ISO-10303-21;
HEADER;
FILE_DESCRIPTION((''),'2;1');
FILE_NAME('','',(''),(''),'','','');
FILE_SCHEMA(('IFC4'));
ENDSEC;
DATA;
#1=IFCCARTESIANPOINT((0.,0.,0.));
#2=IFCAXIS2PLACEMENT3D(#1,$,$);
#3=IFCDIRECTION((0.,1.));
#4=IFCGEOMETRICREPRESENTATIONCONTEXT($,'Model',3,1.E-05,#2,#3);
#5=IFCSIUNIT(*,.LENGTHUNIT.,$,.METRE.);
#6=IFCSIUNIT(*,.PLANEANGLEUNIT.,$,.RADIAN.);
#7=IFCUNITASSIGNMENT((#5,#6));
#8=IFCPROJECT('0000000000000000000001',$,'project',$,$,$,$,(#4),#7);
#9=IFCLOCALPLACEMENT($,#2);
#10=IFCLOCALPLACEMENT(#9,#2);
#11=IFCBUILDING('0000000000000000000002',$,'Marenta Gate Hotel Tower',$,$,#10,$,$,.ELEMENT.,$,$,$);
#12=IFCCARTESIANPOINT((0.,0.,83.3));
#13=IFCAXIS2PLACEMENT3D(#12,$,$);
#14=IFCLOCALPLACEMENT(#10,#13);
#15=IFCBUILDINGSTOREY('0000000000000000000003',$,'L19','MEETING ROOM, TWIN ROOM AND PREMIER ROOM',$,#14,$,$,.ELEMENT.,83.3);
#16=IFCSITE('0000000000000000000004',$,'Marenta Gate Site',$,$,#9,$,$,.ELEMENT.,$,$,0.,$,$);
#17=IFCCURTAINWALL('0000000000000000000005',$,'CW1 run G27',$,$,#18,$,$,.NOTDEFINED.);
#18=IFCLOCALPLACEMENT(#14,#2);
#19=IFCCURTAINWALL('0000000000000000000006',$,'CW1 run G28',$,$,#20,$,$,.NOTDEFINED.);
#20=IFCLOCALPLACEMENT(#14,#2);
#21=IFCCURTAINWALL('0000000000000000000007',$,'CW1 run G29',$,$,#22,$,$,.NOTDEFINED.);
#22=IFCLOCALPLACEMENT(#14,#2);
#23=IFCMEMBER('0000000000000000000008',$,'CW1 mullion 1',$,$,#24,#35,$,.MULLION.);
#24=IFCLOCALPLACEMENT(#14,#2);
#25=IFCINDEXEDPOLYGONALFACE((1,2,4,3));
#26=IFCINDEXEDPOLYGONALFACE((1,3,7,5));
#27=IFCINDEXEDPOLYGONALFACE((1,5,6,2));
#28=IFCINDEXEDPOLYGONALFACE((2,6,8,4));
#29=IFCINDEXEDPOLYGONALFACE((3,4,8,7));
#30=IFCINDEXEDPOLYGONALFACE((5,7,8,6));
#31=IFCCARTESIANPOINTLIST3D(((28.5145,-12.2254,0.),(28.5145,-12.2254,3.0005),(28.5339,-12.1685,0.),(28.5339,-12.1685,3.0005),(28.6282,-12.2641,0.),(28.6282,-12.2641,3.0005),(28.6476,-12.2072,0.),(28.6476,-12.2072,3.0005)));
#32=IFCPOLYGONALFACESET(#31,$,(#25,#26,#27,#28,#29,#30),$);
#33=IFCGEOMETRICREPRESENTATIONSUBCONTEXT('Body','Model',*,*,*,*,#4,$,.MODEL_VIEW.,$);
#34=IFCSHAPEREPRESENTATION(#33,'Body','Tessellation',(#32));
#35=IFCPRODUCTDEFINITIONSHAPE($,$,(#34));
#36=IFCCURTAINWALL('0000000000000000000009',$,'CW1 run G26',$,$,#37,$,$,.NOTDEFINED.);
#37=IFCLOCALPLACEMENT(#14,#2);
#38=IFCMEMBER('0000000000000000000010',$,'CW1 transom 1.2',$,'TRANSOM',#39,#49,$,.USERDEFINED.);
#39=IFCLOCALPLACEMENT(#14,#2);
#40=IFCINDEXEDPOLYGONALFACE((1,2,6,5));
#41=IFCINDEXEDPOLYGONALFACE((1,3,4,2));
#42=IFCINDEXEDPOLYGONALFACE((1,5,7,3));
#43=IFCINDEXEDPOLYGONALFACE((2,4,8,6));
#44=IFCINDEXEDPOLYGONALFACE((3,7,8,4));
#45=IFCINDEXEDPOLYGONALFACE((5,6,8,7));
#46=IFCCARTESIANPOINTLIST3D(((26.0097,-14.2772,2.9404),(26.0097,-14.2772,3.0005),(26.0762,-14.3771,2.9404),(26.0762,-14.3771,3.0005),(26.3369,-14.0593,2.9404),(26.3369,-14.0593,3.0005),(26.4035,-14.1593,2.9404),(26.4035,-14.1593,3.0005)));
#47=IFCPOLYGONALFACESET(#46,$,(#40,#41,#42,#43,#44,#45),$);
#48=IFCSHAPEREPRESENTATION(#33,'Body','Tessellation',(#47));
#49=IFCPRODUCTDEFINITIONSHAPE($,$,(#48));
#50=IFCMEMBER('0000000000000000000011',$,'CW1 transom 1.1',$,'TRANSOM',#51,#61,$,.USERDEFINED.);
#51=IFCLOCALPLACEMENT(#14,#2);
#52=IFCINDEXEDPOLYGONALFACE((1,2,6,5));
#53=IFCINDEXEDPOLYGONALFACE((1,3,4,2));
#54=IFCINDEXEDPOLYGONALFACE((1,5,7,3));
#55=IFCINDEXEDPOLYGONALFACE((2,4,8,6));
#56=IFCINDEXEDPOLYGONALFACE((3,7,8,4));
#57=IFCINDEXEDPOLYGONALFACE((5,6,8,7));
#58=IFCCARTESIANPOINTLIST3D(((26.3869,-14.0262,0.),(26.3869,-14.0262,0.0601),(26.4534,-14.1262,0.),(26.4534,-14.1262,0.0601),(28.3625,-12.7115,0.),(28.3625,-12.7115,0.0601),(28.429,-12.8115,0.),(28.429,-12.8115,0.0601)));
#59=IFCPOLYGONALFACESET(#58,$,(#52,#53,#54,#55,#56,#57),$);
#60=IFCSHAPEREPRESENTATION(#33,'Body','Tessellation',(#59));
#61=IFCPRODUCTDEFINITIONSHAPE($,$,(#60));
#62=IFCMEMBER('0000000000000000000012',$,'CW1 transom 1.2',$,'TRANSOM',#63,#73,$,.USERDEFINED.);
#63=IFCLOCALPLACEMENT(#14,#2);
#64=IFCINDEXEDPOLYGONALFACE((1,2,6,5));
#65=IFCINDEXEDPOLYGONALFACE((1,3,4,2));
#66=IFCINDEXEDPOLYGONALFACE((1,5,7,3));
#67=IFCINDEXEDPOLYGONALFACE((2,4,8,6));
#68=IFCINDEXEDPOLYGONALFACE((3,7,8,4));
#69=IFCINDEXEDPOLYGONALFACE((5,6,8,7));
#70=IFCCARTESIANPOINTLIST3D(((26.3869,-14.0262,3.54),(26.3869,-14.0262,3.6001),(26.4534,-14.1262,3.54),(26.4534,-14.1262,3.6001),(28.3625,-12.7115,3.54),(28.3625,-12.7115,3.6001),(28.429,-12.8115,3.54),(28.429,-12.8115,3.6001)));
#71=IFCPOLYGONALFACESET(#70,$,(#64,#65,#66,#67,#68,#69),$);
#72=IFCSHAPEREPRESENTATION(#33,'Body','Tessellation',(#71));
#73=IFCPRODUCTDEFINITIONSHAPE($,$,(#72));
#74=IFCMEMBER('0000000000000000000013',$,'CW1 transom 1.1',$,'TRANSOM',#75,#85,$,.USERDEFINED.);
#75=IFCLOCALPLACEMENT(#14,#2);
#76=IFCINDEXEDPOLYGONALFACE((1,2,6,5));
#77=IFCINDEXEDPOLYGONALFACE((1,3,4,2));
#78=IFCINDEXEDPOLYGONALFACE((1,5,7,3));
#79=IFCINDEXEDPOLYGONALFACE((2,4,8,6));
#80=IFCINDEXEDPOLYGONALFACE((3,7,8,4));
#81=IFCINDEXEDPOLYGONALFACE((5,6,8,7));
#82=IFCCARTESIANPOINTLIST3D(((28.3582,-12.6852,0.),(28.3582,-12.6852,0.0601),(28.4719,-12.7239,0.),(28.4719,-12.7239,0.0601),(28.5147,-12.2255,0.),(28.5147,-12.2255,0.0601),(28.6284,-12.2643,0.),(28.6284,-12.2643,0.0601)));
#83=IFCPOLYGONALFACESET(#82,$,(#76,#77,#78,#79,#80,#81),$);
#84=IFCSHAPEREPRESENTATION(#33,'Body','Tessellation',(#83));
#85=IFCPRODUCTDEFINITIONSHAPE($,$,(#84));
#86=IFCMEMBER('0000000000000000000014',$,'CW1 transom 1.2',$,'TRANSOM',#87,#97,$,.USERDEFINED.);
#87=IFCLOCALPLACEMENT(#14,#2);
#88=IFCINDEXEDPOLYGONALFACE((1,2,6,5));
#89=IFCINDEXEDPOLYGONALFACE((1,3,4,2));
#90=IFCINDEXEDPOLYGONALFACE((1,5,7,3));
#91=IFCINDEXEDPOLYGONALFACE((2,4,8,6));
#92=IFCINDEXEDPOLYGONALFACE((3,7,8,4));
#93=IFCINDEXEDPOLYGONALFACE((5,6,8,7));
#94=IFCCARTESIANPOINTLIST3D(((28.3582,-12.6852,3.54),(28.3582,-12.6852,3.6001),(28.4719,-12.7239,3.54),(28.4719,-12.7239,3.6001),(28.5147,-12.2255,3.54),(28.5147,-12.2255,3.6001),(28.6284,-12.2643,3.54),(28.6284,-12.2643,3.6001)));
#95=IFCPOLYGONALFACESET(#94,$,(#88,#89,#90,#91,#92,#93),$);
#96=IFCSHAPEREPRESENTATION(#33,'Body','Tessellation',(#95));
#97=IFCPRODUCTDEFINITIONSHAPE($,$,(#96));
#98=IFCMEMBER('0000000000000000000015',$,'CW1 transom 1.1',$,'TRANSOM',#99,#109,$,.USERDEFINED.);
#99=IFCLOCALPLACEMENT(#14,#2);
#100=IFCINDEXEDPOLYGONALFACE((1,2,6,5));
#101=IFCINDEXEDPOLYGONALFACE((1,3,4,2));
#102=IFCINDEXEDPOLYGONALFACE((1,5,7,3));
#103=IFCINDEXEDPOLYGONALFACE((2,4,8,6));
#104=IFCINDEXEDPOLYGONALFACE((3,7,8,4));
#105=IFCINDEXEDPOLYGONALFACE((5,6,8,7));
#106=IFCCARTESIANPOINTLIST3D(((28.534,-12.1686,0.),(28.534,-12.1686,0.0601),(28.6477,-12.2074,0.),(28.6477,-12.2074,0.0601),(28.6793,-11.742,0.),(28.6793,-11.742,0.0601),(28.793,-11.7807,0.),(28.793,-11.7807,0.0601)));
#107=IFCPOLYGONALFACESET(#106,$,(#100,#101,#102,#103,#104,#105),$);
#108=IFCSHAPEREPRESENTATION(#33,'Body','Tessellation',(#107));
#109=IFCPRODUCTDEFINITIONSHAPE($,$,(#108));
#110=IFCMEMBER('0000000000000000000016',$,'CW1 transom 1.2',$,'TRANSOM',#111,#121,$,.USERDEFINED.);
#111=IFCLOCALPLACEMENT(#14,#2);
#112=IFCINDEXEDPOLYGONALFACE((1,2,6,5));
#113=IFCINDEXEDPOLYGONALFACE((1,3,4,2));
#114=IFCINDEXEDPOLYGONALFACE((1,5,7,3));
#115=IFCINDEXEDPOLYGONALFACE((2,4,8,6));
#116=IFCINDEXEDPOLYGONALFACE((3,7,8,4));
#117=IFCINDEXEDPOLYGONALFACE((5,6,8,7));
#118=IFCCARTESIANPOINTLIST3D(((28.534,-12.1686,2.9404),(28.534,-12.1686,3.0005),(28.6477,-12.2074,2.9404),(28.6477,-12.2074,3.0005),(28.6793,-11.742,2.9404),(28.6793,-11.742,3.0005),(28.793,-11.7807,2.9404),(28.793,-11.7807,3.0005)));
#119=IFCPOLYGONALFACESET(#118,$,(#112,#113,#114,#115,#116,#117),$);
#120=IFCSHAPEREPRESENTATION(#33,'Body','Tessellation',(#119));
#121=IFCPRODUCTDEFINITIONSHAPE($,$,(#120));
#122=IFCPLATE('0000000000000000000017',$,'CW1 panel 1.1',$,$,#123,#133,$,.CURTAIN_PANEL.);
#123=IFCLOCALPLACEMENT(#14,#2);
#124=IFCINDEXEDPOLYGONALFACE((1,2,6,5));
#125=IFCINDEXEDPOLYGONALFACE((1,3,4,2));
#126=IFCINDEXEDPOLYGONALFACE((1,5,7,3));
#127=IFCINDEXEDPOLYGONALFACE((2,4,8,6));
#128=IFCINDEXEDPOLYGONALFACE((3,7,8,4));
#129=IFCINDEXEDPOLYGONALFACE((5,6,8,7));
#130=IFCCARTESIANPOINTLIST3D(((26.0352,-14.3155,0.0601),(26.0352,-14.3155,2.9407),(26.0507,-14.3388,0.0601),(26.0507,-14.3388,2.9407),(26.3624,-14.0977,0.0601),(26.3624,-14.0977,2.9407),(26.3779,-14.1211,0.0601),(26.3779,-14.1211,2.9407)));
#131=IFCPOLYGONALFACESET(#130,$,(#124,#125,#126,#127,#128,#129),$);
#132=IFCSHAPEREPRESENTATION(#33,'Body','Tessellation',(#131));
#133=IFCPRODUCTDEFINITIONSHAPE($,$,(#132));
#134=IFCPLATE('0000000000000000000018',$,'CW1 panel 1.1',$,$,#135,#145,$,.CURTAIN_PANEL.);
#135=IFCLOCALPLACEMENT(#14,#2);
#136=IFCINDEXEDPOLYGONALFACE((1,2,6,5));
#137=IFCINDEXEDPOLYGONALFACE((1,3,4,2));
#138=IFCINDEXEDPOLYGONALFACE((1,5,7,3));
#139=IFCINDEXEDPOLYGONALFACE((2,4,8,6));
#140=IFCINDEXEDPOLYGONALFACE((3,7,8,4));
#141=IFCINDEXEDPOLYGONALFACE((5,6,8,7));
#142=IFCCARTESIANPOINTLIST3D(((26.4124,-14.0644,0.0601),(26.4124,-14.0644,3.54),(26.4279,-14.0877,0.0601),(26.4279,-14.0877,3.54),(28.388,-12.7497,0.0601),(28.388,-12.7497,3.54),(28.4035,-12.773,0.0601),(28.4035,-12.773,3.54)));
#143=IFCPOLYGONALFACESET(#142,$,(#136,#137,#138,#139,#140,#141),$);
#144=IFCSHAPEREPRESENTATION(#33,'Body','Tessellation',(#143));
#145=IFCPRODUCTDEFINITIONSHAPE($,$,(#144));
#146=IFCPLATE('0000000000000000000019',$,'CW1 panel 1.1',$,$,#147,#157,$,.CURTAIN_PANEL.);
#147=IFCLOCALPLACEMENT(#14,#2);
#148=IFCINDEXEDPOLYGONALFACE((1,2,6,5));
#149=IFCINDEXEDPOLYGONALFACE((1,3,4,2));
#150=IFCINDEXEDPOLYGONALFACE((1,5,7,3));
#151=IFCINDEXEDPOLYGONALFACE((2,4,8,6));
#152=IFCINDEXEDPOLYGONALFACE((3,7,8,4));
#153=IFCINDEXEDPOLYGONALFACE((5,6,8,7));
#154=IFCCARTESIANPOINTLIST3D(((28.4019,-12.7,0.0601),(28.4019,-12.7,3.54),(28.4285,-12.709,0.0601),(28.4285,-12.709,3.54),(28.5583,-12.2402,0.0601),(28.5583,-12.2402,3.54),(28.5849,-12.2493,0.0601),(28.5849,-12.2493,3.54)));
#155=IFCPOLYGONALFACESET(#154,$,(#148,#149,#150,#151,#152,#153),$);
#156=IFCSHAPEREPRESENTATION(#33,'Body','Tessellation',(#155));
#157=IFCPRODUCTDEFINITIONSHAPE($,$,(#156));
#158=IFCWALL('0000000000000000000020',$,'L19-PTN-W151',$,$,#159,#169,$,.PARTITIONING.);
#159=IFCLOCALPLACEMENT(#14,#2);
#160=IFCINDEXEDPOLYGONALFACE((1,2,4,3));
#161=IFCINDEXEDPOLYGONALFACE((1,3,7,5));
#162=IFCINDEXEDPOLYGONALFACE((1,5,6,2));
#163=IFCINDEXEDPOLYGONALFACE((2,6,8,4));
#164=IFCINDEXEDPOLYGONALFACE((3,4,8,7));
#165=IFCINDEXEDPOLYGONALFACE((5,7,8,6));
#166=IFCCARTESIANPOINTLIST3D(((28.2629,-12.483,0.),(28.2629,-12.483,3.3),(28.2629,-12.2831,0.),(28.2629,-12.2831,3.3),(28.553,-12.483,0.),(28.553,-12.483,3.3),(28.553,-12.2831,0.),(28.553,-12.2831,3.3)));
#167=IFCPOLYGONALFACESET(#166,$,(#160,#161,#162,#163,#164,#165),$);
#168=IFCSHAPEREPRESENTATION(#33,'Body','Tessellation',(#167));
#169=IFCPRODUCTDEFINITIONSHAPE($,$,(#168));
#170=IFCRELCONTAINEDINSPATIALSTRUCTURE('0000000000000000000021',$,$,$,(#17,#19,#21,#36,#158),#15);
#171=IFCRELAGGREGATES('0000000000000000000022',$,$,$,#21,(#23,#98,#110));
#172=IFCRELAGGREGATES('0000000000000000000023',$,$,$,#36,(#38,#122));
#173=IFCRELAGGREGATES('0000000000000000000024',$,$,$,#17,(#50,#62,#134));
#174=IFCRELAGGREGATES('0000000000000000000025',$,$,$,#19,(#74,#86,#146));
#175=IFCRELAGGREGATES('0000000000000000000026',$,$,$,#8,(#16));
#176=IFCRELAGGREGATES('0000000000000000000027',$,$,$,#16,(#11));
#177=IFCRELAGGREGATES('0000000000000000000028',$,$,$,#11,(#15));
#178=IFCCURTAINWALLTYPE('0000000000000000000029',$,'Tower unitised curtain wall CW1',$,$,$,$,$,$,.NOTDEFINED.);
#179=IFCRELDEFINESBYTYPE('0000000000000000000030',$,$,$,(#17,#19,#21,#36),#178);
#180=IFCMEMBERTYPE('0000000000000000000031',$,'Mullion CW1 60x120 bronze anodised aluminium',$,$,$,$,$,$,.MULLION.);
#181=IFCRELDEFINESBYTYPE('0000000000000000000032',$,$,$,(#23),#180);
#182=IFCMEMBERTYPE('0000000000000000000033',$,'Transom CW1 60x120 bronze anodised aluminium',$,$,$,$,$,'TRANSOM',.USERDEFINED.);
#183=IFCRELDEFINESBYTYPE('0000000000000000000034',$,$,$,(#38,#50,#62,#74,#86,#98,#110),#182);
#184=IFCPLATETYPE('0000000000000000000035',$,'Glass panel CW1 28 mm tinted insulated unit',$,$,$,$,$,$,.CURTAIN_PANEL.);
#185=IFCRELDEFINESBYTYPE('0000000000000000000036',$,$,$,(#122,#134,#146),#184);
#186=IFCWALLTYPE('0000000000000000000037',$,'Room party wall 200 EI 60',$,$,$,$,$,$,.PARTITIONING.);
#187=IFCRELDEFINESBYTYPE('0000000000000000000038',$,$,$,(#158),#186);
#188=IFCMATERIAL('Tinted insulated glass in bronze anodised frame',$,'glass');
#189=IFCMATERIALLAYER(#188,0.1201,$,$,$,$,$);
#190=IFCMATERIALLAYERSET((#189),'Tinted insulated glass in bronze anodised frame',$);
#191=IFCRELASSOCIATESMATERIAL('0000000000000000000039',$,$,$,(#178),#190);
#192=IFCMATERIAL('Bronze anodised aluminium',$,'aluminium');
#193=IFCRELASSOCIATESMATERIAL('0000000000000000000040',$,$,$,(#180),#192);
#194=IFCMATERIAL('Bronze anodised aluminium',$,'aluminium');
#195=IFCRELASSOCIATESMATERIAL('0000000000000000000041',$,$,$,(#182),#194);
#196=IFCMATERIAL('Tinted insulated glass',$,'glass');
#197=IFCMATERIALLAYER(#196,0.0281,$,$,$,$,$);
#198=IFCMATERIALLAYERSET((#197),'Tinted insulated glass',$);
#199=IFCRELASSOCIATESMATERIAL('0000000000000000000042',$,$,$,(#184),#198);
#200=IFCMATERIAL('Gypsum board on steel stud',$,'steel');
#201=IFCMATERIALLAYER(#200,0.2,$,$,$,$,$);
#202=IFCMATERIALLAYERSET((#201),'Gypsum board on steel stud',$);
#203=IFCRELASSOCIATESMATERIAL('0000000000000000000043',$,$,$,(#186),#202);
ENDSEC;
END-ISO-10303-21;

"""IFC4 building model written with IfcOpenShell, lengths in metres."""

from ifc_helpers import new_model, si_unit, direction, frame, frame_2d, origin, origin_2d, place, context, subcontext, project, spatial, rectangle, extrude, material, layer, layer_set, material_profile, profile_set, type_object, element, aggregate, save


model = new_model("IFC4")

# Units and contexts
model_context = context("Model", 3, precision=1e-05, world=origin(), true_north=direction((0.0, 1.0)))
body_context = subcontext(model_context, "Body", "Model", "MODEL_VIEW")
ifc_project = project(units=[si_unit("LENGTHUNIT", "METRE"), si_unit("PLANEANGLEUNIT", "RADIAN")], contexts=[model_context])

# Site, building, storey
site_placement = place(None, origin())
site = spatial("IfcSite", under=ifc_project, at=site_placement, Name="Marenta Gate Site", CompositionType="ELEMENT", RefElevation=0.0)
building_placement = place(site_placement, origin())
building = spatial("IfcBuilding", under=site, at=building_placement, Name="Marenta Gate Hotel Tower", CompositionType="ELEMENT")
storey_placement = place(building_placement, frame((0.0, 0.0, 83.3)))
storey = spatial("IfcBuildingStorey", under=building, at=storey_placement, Name="L19", Description="MEETING ROOM, TWIN ROOM AND PREMIER ROOM", CompositionType="ELEMENT", Elevation=83.3)

# Curtain walls, members
ifc_material_1 = material(Name="Tinted insulated glass in bronze anodised frame", Category="glass")
ifc_layer_1 = layer(ifc_material_1, 0.1201)
ifc_layer_set_1 = layer_set([ifc_layer_1], Name="Tinted insulated glass in bronze anodised frame")
curtain_wall_type = type_object("IfcCurtainWallType", Name="Tower unitised curtain wall CW1", PredefinedType="NOTDEFINED", material=ifc_layer_set_1)
curtain_wall_1_placement = place(storey_placement, origin())
curtain_wall_1 = element("IfcCurtainWall", 1, at=curtain_wall_1_placement, inside=storey, type_object=curtain_wall_type, Name="CW1 run G27", PredefinedType="NOTDEFINED")
ifc_material_2 = material(Name="Bronze anodised aluminium", Category="aluminium")
ifc_material_profile_1 = material_profile(ifc_material_2, rectangle(XDim=0.1201, YDim=0.0601, at=origin_2d()), Name="Mullion CW1 60x120 bronze anodised aluminium")
ifc_profile_set_1 = profile_set([ifc_material_profile_1], Name="Bronze anodised aluminium")
member_type_1 = type_object("IfcMemberType", Name="Mullion CW1 60x120 bronze anodised aluminium", PredefinedType="MULLION", material=ifc_profile_set_1)
curtain_wall_2_placement = place(storey_placement, origin())
curtain_wall_2 = element("IfcCurtainWall", 2, at=curtain_wall_2_placement, inside=storey, type_object=curtain_wall_type, Name="CW1 run G28", PredefinedType="NOTDEFINED")
curtain_wall_3_placement = place(storey_placement, origin())
curtain_wall_3 = element("IfcCurtainWall", 3, at=curtain_wall_3_placement, inside=storey, type_object=curtain_wall_type, Name="CW1 run G29", PredefinedType="NOTDEFINED")
member_1_placement = place(storey_placement, frame((28.5811, -12.2163, 0.0), z_axis=(0.0, 0.0, 1.0), x_axis=(-0.946687, 0.322156, 0.0)))
member_1 = element("IfcMember", 4, at=member_1_placement, type_object=member_type_1, Name="CW1 mullion 1", PredefinedType="MULLION", context=body_context, shape_type="SweptSolid", body=[
    extrude(rectangle(XDim=0.1201, YDim=0.0601, at=origin_2d()), origin(), (0.0, 0.0, 1.0), 3.0005),
])
curtain_wall_4_placement = place(storey_placement, origin())
curtain_wall_4 = element("IfcCurtainWall", 5, at=curtain_wall_4_placement, inside=storey, type_object=curtain_wall_type, Name="CW1 run G26", PredefinedType="NOTDEFINED")
ifc_material_3 = material(Name="Bronze anodised aluminium", Category="aluminium")
ifc_material_profile_2 = material_profile(ifc_material_3, rectangle(XDim=0.1201, YDim=0.0601, at=origin_2d()), Name="Transom CW1 60x120 bronze anodised aluminium")
ifc_profile_set_2 = profile_set([ifc_material_profile_2], Name="Bronze anodised aluminium")
member_type_2 = type_object("IfcMemberType", Name="Transom CW1 60x120 bronze anodised aluminium", ElementType="TRANSOM", PredefinedType="USERDEFINED", material=ifc_profile_set_2)
member_2_placement = place(storey_placement, frame((26.043, -14.3271, 2.9705), z_axis=(0.832432, 0.554127, 0.0), x_axis=(-0.554127, 0.832432, 0.0)))
member_2 = element("IfcMember", 6, at=member_2_placement, type_object=member_type_2, Name="CW1 transom 1.2", ObjectType="TRANSOM", PredefinedType="USERDEFINED", context=body_context, shape_type="SweptSolid", body=[
    extrude(rectangle(XDim=0.1201, YDim=0.0601, at=origin_2d()), origin(), (0.0, 0.0, 1.0), 0.3931),
])

# Members
member_3_placement = place(storey_placement, frame((26.4202, -14.0762, 0.03), z_axis=(0.832509, 0.554011, 0.0), x_axis=(-0.554011, 0.832509, 0.0)))
member_3 = element("IfcMember", 7, at=member_3_placement, type_object=member_type_2, Name="CW1 transom 1.1", ObjectType="TRANSOM", PredefinedType="USERDEFINED", context=body_context, shape_type="SweptSolid", body=[
    extrude(rectangle(XDim=0.1201, YDim=0.0601, at=origin_2d()), origin(), (0.0, 0.0, 1.0), 2.373),
])
member_4_placement = place(storey_placement, frame((26.4202, -14.0762, 3.5701), z_axis=(0.832509, 0.554011, 0.0), x_axis=(-0.554011, 0.832509, 0.0)))
member_4 = element("IfcMember", 8, at=member_4_placement, type_object=member_type_2, Name="CW1 transom 1.2", ObjectType="TRANSOM", PredefinedType="USERDEFINED", context=body_context, shape_type="SweptSolid", body=[
    extrude(rectangle(XDim=0.1201, YDim=0.0601, at=origin_2d()), origin(), (0.0, 0.0, 1.0), 2.373),
])
member_5_placement = place(storey_placement, frame((28.415, -12.7046, 0.03), z_axis=(0.322254, 0.946653, 0.0), x_axis=(-0.946653, 0.322254, 0.0)))
member_5 = element("IfcMember", 9, at=member_5_placement, type_object=member_type_2, Name="CW1 transom 1.1", ObjectType="TRANSOM", PredefinedType="USERDEFINED", context=body_context, shape_type="SweptSolid", body=[
    extrude(rectangle(XDim=0.1201, YDim=0.0601, at=origin_2d()), origin(), (0.0, 0.0, 1.0), 0.4856),
])
member_6_placement = place(storey_placement, frame((28.415, -12.7046, 3.5701), z_axis=(0.322254, 0.946653, 0.0), x_axis=(-0.946653, 0.322254, 0.0)))
member_6 = element("IfcMember", 10, at=member_6_placement, type_object=member_type_2, Name="CW1 transom 1.2", ObjectType="TRANSOM", PredefinedType="USERDEFINED", context=body_context, shape_type="SweptSolid", body=[
    extrude(rectangle(XDim=0.1201, YDim=0.0601, at=origin_2d()), origin(), (0.0, 0.0, 1.0), 0.4856),
])
member_7_placement = place(storey_placement, frame((28.5908, -12.188, 0.03), z_axis=(0.322398, 0.946604, 0.0), x_axis=(-0.946604, 0.322398, 0.0)))
member_7 = element("IfcMember", 11, at=member_7_placement, type_object=member_type_2, Name="CW1 transom 1.1", ObjectType="TRANSOM", PredefinedType="USERDEFINED", context=body_context, shape_type="SweptSolid", body=[
    extrude(rectangle(XDim=0.1201, YDim=0.0601, at=origin_2d()), origin(), (0.0, 0.0, 1.0), 0.4507),
])
member_8_placement = place(storey_placement, frame((28.5908, -12.188, 2.9705), z_axis=(0.322398, 0.946604, 0.0), x_axis=(-0.946604, 0.322398, 0.0)))
member_8 = element("IfcMember", 12, at=member_8_placement, type_object=member_type_2, Name="CW1 transom 1.2", ObjectType="TRANSOM", PredefinedType="USERDEFINED", context=body_context, shape_type="SweptSolid", body=[
    extrude(rectangle(XDim=0.1201, YDim=0.0601, at=origin_2d()), origin(), (0.0, 0.0, 1.0), 0.4507),
])
aggregate(curtain_wall_3, [member_1, member_7, member_8])

# Plates
ifc_material_4 = material(Name="Tinted insulated glass", Category="glass")
ifc_layer_2 = layer(ifc_material_4, 0.0281)
ifc_layer_set_2 = layer_set([ifc_layer_2], Name="Tinted insulated glass")
plate_type = type_object("IfcPlateType", Name="Glass panel CW1 28 mm tinted insulated unit", PredefinedType="CURTAIN_PANEL", material=ifc_layer_set_2)
plate_1_placement = place(storey_placement, frame((26.2065, -14.2183, 0.0601), z_axis=(0.0, 0.0, 1.0), x_axis=(0.832458, 0.554089, 0.0)))
plate_1 = element("IfcPlate", 13, at=plate_1_placement, type_object=plate_type, Name="CW1 panel 1.1", PredefinedType="CURTAIN_PANEL", context=body_context, shape_type="SweptSolid", body=[
    extrude(rectangle(XDim=0.3931, YDim=0.0281, at=origin_2d()), origin(), (0.0, 0.0, 1.0), 2.8806),
])
aggregate(curtain_wall_4, [member_2, plate_1])
plate_2_placement = place(storey_placement, frame((27.408, -13.4187, 0.0601), z_axis=(0.0, 0.0, 1.0), x_axis=(0.832505, 0.554017, 0.0)))
plate_2 = element("IfcPlate", 14, at=plate_2_placement, type_object=plate_type, Name="CW1 panel 1.1", PredefinedType="CURTAIN_PANEL", context=body_context, shape_type="SweptSolid", body=[
    extrude(rectangle(XDim=2.373, YDim=0.0281, at=origin_2d()), origin(), (0.0, 0.0, 1.0), 3.48),
])
aggregate(curtain_wall_1, [member_3, member_4, plate_2])
plate_3_placement = place(storey_placement, frame((28.4934, -12.4746, 0.0601), z_axis=(0.0, 0.0, 1.0), x_axis=(0.321995, 0.946741, 0.0)))
plate_3 = element("IfcPlate", 15, at=plate_3_placement, type_object=plate_type, Name="CW1 panel 1.1", PredefinedType="CURTAIN_PANEL", context=body_context, shape_type="SweptSolid", body=[
    extrude(rectangle(XDim=0.4856, YDim=0.0281, at=origin_2d()), origin(), (0.0, 0.0, 1.0), 3.48),
])
aggregate(curtain_wall_2, [member_5, member_6, plate_3])

# Wall
ifc_material_5 = material(Name="Gypsum board on steel stud", Category="steel")
ifc_layer_3 = layer(ifc_material_5, 0.2)
ifc_layer_set_3 = layer_set([ifc_layer_3], Name="Gypsum board on steel stud")
wall_type = type_object("IfcWallType", Name="Room party wall 200 EI 60", PredefinedType="PARTITIONING", material=ifc_layer_set_3)
wall_placement = place(storey_placement, frame((28.2629, -12.3831, 0.0), z_axis=(0.0, 0.0, 1.0), x_axis=(1.0, 0.0, 0.0)))
element("IfcWall", 16, at=wall_placement, inside=storey, type_object=wall_type, Name="L19-PTN-W151", PredefinedType="PARTITIONING", context=body_context, shape_type="SweptSolid", body=[
    extrude(rectangle(XDim=0.29, YDim=0.2, at=frame_2d((0.145, 0.0))), origin(), (0.0, 0.0, 1.0), 3.3),
])

save(model, "model.ifc")
